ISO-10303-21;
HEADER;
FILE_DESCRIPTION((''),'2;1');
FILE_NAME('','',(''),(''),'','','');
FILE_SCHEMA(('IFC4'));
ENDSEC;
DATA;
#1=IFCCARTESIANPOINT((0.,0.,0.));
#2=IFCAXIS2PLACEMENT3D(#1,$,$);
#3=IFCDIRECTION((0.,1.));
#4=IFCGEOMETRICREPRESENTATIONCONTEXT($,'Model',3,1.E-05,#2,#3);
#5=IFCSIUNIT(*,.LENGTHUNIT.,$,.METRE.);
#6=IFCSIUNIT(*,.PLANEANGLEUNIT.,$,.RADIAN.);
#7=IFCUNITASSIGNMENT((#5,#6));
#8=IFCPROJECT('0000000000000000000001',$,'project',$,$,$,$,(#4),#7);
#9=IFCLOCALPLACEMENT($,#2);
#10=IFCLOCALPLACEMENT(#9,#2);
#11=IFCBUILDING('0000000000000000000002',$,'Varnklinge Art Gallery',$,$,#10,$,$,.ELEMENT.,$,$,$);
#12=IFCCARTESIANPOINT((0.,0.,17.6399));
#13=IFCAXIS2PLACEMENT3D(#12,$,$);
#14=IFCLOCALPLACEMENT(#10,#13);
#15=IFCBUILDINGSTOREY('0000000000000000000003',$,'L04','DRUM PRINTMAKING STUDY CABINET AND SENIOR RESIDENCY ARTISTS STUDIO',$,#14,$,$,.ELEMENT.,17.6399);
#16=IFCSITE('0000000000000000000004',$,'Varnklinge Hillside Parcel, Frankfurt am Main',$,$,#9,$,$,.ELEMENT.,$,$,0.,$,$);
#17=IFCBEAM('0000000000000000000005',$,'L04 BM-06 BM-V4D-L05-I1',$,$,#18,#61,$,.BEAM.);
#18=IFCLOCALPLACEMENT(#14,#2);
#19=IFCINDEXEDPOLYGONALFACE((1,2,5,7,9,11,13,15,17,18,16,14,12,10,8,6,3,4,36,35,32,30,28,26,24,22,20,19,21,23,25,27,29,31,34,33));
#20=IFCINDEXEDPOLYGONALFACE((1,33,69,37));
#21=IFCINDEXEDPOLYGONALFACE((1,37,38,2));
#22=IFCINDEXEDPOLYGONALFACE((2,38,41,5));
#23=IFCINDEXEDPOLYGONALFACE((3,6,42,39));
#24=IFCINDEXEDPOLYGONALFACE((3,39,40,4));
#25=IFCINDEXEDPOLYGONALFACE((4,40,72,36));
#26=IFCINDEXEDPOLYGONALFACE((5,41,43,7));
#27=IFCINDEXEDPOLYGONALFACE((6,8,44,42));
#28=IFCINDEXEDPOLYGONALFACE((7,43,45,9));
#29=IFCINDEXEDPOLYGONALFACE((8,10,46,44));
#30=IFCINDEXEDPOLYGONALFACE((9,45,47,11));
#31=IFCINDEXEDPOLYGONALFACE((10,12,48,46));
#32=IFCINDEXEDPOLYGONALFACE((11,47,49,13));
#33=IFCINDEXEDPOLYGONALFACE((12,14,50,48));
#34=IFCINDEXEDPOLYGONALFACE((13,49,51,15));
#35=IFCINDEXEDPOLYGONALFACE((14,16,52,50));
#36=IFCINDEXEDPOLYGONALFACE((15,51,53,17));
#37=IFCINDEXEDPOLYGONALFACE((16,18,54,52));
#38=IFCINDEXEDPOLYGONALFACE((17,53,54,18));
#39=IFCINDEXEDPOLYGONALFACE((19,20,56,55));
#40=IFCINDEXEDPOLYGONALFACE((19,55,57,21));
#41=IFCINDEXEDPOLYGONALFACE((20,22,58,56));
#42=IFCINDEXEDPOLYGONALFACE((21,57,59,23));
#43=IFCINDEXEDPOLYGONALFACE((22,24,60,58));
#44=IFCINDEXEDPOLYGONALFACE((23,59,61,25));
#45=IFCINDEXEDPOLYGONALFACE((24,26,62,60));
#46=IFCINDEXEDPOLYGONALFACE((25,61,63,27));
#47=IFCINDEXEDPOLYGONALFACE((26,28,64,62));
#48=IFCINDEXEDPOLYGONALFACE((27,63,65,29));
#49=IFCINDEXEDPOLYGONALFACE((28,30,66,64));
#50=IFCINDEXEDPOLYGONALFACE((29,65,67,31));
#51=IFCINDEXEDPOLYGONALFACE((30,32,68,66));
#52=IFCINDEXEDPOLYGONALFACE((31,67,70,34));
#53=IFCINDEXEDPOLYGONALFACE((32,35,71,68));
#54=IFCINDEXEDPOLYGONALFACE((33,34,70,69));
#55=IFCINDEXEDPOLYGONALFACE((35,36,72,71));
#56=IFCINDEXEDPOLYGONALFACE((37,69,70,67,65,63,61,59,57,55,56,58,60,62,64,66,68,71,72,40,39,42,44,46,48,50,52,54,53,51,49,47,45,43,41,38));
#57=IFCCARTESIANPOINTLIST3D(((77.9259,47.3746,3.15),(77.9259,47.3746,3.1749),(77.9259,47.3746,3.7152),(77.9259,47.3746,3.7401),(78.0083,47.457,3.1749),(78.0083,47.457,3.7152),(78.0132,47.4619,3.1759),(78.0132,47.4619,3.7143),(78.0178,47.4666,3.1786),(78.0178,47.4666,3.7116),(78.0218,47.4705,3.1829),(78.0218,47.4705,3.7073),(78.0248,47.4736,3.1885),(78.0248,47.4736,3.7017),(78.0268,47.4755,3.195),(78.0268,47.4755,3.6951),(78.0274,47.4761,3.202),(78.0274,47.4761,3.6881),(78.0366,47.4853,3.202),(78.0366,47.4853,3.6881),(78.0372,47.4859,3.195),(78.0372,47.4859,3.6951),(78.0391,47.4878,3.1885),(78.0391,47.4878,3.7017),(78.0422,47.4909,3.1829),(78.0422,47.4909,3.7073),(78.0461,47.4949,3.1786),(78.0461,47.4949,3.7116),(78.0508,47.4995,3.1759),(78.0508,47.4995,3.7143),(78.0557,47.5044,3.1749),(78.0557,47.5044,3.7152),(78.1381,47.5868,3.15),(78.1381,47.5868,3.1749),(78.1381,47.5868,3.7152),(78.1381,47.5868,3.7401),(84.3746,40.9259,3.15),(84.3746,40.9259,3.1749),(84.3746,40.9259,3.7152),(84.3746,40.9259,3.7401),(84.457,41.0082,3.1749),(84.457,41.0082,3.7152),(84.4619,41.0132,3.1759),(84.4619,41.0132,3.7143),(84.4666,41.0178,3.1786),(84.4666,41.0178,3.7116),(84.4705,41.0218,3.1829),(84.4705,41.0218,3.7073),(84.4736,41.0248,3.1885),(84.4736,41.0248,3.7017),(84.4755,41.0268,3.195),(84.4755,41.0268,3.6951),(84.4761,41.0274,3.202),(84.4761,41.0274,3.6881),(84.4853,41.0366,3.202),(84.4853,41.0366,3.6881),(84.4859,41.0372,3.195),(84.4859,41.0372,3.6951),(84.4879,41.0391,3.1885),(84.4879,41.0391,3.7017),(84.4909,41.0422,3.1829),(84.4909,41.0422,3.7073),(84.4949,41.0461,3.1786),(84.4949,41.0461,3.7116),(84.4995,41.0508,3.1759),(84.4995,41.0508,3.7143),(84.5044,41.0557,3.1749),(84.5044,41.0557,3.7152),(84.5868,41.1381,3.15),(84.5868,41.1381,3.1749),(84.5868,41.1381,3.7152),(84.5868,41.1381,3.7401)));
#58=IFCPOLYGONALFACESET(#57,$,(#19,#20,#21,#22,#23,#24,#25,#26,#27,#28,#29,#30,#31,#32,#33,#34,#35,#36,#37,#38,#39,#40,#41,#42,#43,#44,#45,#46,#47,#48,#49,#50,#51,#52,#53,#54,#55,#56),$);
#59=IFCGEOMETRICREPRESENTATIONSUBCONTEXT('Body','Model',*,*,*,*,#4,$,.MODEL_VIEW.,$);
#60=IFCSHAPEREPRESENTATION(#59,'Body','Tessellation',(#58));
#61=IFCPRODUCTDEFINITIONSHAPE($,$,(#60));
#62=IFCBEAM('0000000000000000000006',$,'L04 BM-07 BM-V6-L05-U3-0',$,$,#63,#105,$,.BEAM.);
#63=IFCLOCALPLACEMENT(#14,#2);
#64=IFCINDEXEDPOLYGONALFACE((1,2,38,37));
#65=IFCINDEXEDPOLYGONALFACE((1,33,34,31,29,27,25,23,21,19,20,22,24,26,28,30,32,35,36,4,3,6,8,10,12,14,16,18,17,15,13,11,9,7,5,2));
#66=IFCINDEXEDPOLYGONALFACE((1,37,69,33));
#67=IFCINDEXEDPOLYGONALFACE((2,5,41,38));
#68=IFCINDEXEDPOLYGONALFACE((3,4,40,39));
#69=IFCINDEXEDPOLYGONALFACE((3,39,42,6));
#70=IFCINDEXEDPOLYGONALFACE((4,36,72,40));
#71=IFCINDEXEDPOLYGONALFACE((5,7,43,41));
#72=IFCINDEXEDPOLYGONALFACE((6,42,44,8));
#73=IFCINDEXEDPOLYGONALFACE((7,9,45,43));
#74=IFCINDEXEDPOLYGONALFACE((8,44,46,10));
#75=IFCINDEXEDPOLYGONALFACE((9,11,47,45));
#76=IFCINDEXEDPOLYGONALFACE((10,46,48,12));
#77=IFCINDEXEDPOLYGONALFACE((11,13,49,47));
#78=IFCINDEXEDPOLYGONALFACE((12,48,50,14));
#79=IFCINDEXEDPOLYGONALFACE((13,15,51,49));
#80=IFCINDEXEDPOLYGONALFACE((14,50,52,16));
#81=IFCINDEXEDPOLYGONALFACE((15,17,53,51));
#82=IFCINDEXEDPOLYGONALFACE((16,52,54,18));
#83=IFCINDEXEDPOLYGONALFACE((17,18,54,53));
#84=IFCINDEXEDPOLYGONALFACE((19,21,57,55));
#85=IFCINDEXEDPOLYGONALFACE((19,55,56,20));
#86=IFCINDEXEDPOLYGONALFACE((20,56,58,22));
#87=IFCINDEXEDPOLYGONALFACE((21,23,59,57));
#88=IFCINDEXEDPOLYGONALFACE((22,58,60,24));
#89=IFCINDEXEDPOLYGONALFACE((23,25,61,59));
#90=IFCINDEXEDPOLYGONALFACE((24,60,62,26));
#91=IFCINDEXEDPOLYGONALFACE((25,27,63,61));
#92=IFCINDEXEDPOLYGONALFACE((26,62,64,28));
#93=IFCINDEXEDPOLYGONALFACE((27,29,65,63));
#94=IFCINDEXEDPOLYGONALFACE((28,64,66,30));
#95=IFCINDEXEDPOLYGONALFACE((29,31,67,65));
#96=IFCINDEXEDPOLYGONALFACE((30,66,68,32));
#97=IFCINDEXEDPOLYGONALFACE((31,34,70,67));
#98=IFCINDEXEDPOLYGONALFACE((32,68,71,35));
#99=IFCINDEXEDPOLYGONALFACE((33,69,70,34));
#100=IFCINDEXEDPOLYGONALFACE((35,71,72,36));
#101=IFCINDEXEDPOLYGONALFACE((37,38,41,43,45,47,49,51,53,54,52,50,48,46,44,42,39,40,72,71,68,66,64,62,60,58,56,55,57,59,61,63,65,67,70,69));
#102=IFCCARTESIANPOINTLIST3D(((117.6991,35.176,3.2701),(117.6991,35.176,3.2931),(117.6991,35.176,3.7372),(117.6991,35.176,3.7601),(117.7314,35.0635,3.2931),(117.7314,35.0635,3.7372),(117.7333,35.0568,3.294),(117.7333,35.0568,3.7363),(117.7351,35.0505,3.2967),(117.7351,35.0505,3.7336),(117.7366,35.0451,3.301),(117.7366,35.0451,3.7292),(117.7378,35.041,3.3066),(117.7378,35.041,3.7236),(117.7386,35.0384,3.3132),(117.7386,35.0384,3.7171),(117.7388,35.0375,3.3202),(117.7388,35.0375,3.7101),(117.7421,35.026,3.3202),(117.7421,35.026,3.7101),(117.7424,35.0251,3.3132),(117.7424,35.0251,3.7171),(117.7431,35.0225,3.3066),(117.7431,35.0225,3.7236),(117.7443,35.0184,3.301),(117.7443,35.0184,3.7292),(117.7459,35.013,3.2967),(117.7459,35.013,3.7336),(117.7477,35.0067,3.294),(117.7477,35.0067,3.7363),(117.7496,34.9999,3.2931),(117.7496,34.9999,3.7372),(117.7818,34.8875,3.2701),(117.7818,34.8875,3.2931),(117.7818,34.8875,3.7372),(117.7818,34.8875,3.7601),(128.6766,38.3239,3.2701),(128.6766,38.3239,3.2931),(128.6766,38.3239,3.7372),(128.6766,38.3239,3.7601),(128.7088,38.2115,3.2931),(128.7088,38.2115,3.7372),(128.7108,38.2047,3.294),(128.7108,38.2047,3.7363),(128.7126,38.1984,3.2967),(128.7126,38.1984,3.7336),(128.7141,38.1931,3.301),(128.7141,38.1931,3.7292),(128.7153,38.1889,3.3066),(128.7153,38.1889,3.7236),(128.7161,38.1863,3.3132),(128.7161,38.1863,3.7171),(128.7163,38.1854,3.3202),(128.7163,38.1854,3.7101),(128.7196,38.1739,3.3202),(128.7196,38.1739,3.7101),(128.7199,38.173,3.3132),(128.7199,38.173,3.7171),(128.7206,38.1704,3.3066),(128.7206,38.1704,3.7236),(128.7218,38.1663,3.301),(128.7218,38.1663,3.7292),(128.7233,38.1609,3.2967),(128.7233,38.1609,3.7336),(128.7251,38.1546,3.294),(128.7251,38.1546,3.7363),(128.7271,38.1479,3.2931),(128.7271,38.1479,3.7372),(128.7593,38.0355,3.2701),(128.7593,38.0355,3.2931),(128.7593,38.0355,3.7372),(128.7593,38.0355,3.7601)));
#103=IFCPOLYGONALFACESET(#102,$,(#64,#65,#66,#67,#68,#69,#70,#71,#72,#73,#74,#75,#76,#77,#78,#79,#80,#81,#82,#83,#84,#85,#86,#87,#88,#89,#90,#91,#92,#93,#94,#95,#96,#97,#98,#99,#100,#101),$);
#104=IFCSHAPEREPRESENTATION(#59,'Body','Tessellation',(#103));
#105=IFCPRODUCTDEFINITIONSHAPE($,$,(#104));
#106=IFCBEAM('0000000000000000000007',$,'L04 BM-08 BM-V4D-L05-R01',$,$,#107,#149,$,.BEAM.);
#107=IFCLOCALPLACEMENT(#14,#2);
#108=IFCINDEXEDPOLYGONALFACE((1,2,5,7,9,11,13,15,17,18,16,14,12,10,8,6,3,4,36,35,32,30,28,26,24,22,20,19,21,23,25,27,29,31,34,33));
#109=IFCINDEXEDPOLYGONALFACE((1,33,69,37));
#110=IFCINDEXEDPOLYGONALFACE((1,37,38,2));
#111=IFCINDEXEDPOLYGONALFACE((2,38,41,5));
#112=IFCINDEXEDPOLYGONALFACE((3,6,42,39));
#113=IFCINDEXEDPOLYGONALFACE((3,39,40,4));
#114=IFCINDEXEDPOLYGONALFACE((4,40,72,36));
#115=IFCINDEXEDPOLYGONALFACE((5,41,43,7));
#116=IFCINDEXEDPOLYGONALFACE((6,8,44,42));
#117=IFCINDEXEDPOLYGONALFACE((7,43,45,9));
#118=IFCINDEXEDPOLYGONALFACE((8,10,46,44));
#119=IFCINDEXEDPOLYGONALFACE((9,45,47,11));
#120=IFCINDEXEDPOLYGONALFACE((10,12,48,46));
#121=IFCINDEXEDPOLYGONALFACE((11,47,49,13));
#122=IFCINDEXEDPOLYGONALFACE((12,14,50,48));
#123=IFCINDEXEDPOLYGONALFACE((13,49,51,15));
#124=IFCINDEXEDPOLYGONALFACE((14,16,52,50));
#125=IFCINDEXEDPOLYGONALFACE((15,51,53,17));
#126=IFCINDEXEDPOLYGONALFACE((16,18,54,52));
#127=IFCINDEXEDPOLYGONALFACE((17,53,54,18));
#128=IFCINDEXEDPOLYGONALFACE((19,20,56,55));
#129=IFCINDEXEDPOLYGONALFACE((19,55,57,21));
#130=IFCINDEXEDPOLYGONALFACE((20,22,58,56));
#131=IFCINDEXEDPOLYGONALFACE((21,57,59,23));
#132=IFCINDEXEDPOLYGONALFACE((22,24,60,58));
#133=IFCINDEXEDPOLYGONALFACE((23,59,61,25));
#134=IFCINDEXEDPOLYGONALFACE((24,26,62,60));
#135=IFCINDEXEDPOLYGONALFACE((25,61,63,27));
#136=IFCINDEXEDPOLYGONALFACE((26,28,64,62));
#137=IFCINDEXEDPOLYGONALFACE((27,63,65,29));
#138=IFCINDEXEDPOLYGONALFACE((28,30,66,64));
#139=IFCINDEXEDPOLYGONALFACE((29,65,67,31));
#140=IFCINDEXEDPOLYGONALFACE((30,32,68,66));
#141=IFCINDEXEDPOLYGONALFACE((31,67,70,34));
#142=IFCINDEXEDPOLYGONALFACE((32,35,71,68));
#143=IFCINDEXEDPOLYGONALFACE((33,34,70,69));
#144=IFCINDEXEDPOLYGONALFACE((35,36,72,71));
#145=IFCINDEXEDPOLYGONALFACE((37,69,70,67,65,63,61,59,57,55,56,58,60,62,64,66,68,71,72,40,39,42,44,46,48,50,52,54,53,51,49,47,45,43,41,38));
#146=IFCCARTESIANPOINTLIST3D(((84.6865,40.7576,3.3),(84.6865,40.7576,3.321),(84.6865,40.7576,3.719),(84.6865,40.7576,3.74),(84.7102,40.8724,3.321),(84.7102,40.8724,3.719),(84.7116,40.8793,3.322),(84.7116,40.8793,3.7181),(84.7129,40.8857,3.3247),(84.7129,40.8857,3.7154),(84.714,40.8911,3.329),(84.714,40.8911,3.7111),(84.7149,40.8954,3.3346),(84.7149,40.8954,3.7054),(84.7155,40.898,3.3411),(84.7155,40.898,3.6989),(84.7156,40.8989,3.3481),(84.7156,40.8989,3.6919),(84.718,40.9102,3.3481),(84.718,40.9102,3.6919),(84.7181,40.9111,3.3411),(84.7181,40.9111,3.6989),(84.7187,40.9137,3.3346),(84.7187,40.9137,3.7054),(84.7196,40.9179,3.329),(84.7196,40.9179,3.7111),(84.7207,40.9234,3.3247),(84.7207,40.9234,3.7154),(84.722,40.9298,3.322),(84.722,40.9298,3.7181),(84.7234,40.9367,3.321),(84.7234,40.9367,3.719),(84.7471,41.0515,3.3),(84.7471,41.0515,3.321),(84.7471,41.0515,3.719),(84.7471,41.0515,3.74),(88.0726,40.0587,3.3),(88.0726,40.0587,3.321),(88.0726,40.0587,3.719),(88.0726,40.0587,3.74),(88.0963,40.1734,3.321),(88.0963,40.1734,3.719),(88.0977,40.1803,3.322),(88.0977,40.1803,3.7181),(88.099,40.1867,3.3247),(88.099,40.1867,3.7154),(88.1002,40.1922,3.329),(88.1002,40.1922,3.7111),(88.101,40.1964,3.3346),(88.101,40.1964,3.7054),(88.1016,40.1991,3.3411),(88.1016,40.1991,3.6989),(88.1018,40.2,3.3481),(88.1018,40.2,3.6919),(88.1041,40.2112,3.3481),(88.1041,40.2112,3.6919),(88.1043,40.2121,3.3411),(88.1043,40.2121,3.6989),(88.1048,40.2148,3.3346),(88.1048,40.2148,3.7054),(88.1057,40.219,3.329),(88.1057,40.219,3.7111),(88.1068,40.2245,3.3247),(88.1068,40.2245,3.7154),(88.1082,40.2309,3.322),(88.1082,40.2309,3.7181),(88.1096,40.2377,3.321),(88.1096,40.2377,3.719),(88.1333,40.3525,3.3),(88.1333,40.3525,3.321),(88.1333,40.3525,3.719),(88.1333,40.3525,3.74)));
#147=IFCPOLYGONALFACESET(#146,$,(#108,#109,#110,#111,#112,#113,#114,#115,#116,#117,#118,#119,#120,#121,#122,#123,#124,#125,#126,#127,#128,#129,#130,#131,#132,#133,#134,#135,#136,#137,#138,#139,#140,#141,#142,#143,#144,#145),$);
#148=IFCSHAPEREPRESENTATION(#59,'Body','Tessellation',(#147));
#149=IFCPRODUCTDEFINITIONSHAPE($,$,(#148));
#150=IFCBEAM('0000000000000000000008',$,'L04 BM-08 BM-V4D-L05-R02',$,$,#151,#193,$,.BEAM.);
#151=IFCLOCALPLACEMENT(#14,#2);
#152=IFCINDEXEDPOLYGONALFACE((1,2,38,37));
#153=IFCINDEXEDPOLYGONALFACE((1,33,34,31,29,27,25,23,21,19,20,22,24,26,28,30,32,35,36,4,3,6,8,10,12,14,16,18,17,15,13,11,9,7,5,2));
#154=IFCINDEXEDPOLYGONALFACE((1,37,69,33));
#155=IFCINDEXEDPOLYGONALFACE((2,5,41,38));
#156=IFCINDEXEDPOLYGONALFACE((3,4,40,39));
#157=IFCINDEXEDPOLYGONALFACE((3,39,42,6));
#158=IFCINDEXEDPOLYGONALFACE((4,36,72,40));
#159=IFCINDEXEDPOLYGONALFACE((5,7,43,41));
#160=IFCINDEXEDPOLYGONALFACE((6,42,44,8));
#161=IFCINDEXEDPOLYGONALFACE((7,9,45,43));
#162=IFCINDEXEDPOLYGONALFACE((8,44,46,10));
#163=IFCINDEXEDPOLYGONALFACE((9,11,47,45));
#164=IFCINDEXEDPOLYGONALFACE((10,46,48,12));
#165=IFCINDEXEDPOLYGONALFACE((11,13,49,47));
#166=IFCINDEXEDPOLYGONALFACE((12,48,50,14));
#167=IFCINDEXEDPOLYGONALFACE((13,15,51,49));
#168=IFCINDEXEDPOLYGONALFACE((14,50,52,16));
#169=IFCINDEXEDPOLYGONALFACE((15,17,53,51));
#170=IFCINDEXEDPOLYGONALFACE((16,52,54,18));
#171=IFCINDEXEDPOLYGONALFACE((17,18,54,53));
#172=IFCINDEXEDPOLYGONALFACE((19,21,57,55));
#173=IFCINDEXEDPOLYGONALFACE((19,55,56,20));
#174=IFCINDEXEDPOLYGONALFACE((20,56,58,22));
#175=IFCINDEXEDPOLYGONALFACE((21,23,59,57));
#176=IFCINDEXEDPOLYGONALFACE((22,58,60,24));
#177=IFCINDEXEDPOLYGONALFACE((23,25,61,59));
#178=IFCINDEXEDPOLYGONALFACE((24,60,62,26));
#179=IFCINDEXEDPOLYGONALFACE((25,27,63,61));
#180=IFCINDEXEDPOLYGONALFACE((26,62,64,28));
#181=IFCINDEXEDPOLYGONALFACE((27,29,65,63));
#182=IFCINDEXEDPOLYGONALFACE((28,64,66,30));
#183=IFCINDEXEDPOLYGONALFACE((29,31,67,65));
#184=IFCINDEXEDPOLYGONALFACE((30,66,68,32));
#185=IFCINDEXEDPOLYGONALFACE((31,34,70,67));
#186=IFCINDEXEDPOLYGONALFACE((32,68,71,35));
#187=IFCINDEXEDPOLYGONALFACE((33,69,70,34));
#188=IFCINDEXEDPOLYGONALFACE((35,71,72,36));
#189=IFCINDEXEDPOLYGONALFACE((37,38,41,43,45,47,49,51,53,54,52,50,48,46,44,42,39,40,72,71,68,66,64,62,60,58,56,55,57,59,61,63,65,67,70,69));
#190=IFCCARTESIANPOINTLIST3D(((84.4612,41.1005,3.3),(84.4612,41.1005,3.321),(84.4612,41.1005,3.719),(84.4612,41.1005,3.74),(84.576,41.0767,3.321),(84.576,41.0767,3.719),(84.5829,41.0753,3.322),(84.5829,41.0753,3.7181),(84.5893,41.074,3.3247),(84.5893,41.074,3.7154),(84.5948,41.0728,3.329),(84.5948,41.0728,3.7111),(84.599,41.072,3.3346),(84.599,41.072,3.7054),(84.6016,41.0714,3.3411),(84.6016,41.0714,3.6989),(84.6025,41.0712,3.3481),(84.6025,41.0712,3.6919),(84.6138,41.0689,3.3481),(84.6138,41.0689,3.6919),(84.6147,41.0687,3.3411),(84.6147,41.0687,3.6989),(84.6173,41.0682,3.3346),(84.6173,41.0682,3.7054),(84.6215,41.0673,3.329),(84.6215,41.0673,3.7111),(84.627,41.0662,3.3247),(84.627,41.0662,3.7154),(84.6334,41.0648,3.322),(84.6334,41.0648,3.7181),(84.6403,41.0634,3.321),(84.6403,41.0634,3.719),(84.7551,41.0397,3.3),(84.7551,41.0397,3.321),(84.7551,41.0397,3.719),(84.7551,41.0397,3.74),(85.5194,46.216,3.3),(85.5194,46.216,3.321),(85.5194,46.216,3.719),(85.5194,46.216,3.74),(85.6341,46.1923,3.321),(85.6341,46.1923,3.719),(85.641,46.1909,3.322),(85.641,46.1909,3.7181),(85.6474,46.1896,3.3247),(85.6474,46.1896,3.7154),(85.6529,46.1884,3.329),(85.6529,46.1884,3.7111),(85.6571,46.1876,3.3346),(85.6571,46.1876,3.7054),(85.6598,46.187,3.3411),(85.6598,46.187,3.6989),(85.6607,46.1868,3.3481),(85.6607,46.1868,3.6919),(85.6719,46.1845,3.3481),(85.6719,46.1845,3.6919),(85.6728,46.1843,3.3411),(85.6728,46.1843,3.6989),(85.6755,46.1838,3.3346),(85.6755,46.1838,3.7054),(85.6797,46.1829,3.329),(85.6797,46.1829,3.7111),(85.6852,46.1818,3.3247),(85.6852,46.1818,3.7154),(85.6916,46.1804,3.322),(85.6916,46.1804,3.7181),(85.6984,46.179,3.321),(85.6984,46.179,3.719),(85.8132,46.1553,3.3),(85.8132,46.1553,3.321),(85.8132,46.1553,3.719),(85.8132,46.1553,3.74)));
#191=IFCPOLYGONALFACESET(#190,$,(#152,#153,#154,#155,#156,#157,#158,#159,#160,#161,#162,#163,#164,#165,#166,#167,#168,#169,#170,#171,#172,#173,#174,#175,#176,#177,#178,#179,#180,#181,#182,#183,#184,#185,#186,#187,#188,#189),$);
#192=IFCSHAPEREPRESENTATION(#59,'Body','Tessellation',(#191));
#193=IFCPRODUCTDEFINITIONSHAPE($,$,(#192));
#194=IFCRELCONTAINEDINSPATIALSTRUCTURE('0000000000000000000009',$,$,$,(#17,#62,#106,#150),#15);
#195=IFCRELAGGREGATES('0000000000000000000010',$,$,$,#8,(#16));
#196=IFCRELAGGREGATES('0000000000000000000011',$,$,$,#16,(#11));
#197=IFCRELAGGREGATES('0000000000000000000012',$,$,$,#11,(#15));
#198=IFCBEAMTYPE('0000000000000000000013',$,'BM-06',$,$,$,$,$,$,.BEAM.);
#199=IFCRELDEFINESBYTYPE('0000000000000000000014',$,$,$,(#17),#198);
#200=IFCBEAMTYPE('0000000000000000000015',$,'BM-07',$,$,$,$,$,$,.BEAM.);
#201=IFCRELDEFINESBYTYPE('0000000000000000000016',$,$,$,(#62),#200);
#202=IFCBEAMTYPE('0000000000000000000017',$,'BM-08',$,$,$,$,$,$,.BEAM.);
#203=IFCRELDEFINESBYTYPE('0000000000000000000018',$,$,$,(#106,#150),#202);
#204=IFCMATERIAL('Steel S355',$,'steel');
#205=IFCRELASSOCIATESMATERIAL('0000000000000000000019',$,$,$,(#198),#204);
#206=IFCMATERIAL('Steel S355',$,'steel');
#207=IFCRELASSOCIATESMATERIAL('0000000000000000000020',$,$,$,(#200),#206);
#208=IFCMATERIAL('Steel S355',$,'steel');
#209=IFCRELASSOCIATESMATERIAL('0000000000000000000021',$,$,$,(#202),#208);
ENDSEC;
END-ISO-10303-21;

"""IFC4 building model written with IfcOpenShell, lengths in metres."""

from ifc_helpers import new_model, si_unit, direction, frame, origin, origin_2d, place, context, subcontext, project, spatial, i_section, extrude, material, material_profile, profile_set, type_object, element, save


model = new_model("IFC4")

# Units and contexts
model_context = context("Model", 3, precision=1e-05, world=origin(), true_north=direction((0.0, 1.0)))
body_context = subcontext(model_context, "Body", "Model", "MODEL_VIEW")
ifc_project = project(units=[si_unit("LENGTHUNIT", "METRE"), si_unit("PLANEANGLEUNIT", "RADIAN")], contexts=[model_context])

# Site, building, storey
site_placement = place(None, origin())
site = spatial("IfcSite", under=ifc_project, at=site_placement, Name="Varnklinge Hillside Parcel, Frankfurt am Main", CompositionType="ELEMENT", RefElevation=0.0)
building_placement = place(site_placement, origin())
building = spatial("IfcBuilding", under=site, at=building_placement, Name="Varnklinge Art Gallery", CompositionType="ELEMENT")
storey_placement = place(building_placement, frame((0.0, 0.0, 17.6399)))
storey = spatial("IfcBuildingStorey", under=building, at=storey_placement, Name="L04", Description="DRUM PRINTMAKING STUDY CABINET AND SENIOR RESIDENCY ARTISTS STUDIO", CompositionType="ELEMENT", Elevation=17.6399)

# Beams
ifc_material_1 = material(Name="Steel S355", Category="steel")
ifc_material_profile_1 = material_profile(ifc_material_1, i_section(OverallWidth=0.3, OverallDepth=0.5901, WebThickness=0.0129, FlangeThickness=0.0249, FilletRadius=0.0271, at=origin_2d()), Name="HEA 600")
ifc_profile_set_1 = profile_set([ifc_material_profile_1], Name="Steel S355")
beam_type_1 = type_object("IfcBeamType", Name="BM-06", PredefinedType="BEAM", material=ifc_profile_set_1)
beam_1_placement = place(storey_placement, frame((84.4807, 41.032, 3.4451), z_axis=(-0.707107, 0.707107, 0.0), x_axis=(-0.707107, -0.707107, 0.0)))
element("IfcBeam", 1, at=beam_1_placement, inside=storey, type_object=beam_type_1, Name="L04 BM-06 BM-V4D-L05-I1", PredefinedType="BEAM", context=body_context, shape_type="SweptSolid", body=[
    extrude(i_section(OverallWidth=0.3, OverallDepth=0.5901, WebThickness=0.0129, FlangeThickness=0.0249, FilletRadius=0.0271, at=origin_2d()), origin(), (0.0, 0.0, 1.0), 9.1199),
])
ifc_material_2 = material(Name="Steel S355", Category="steel")
ifc_material_profile_2 = material_profile(ifc_material_2, i_section(OverallWidth=0.3, OverallDepth=0.49, WebThickness=0.012, FlangeThickness=0.0229, FilletRadius=0.0271, at=origin_2d()), Name="HEA 500")
ifc_profile_set_2 = profile_set([ifc_material_profile_2], Name="Steel S355")
beam_type_2 = type_object("IfcBeamType", Name="BM-07", PredefinedType="BEAM", material=ifc_profile_set_2)
beam_2_placement = place(storey_placement, frame((117.7405, 35.0317, 3.5151), z_axis=(0.961257, 0.275653, 0.0), x_axis=(-0.275653, 0.961257, 0.0)))
element("IfcBeam", 2, at=beam_2_placement, inside=storey, type_object=beam_type_2, Name="L04 BM-07 BM-V6-L05-U3-0", PredefinedType="BEAM", context=body_context, shape_type="SweptSolid", body=[
    extrude(i_section(OverallWidth=0.3, OverallDepth=0.49, WebThickness=0.012, FlangeThickness=0.0229, FilletRadius=0.0271, at=origin_2d()), origin(), (0.0, 0.0, 1.0), 11.4199),
])
ifc_material_3 = material(Name="Steel S355", Category="steel")
ifc_material_profile_3 = material_profile(ifc_material_3, i_section(OverallWidth=0.3, OverallDepth=0.4399, WebThickness=0.0115, FlangeThickness=0.021, FilletRadius=0.0271, at=origin_2d()), Name="HEA 450")
ifc_profile_set_3 = profile_set([ifc_material_profile_3], Name="Steel S355")
beam_type_3 = type_object("IfcBeamType", Name="BM-08", PredefinedType="BEAM", material=ifc_profile_set_3)
beam_3_placement = place(storey_placement, frame((84.7168, 40.9045, 3.52), z_axis=(0.979354, -0.202155, 0.0), x_axis=(0.202155, 0.979354, 0.0)))
element("IfcBeam", 3, at=beam_3_placement, inside=storey, type_object=beam_type_3, Name="L04 BM-08 BM-V4D-L05-R01", PredefinedType="BEAM", context=body_context, shape_type="SweptSolid", body=[
    extrude(i_section(OverallWidth=0.3, OverallDepth=0.4399, WebThickness=0.0115, FlangeThickness=0.021, FilletRadius=0.0271, at=origin_2d()), origin(), (0.0, 0.0, 1.0), 3.4575),
])
beam_4_placement = place(storey_placement, frame((84.6082, 41.0701, 3.52), z_axis=(0.202556, 0.979271, 0.0), x_axis=(-0.979271, 0.202556, 0.0)))
element("IfcBeam", 4, at=beam_4_placement, inside=storey, type_object=beam_type_3, Name="L04 BM-08 BM-V4D-L05-R02", PredefinedType="BEAM", context=body_context, shape_type="SweptSolid", body=[
    extrude(i_section(OverallWidth=0.3, OverallDepth=0.4399, WebThickness=0.0115, FlangeThickness=0.021, FilletRadius=0.0271, at=origin_2d()), origin(), (0.0, 0.0, 1.0), 5.2239),
])

save(model, "model.ifc")
